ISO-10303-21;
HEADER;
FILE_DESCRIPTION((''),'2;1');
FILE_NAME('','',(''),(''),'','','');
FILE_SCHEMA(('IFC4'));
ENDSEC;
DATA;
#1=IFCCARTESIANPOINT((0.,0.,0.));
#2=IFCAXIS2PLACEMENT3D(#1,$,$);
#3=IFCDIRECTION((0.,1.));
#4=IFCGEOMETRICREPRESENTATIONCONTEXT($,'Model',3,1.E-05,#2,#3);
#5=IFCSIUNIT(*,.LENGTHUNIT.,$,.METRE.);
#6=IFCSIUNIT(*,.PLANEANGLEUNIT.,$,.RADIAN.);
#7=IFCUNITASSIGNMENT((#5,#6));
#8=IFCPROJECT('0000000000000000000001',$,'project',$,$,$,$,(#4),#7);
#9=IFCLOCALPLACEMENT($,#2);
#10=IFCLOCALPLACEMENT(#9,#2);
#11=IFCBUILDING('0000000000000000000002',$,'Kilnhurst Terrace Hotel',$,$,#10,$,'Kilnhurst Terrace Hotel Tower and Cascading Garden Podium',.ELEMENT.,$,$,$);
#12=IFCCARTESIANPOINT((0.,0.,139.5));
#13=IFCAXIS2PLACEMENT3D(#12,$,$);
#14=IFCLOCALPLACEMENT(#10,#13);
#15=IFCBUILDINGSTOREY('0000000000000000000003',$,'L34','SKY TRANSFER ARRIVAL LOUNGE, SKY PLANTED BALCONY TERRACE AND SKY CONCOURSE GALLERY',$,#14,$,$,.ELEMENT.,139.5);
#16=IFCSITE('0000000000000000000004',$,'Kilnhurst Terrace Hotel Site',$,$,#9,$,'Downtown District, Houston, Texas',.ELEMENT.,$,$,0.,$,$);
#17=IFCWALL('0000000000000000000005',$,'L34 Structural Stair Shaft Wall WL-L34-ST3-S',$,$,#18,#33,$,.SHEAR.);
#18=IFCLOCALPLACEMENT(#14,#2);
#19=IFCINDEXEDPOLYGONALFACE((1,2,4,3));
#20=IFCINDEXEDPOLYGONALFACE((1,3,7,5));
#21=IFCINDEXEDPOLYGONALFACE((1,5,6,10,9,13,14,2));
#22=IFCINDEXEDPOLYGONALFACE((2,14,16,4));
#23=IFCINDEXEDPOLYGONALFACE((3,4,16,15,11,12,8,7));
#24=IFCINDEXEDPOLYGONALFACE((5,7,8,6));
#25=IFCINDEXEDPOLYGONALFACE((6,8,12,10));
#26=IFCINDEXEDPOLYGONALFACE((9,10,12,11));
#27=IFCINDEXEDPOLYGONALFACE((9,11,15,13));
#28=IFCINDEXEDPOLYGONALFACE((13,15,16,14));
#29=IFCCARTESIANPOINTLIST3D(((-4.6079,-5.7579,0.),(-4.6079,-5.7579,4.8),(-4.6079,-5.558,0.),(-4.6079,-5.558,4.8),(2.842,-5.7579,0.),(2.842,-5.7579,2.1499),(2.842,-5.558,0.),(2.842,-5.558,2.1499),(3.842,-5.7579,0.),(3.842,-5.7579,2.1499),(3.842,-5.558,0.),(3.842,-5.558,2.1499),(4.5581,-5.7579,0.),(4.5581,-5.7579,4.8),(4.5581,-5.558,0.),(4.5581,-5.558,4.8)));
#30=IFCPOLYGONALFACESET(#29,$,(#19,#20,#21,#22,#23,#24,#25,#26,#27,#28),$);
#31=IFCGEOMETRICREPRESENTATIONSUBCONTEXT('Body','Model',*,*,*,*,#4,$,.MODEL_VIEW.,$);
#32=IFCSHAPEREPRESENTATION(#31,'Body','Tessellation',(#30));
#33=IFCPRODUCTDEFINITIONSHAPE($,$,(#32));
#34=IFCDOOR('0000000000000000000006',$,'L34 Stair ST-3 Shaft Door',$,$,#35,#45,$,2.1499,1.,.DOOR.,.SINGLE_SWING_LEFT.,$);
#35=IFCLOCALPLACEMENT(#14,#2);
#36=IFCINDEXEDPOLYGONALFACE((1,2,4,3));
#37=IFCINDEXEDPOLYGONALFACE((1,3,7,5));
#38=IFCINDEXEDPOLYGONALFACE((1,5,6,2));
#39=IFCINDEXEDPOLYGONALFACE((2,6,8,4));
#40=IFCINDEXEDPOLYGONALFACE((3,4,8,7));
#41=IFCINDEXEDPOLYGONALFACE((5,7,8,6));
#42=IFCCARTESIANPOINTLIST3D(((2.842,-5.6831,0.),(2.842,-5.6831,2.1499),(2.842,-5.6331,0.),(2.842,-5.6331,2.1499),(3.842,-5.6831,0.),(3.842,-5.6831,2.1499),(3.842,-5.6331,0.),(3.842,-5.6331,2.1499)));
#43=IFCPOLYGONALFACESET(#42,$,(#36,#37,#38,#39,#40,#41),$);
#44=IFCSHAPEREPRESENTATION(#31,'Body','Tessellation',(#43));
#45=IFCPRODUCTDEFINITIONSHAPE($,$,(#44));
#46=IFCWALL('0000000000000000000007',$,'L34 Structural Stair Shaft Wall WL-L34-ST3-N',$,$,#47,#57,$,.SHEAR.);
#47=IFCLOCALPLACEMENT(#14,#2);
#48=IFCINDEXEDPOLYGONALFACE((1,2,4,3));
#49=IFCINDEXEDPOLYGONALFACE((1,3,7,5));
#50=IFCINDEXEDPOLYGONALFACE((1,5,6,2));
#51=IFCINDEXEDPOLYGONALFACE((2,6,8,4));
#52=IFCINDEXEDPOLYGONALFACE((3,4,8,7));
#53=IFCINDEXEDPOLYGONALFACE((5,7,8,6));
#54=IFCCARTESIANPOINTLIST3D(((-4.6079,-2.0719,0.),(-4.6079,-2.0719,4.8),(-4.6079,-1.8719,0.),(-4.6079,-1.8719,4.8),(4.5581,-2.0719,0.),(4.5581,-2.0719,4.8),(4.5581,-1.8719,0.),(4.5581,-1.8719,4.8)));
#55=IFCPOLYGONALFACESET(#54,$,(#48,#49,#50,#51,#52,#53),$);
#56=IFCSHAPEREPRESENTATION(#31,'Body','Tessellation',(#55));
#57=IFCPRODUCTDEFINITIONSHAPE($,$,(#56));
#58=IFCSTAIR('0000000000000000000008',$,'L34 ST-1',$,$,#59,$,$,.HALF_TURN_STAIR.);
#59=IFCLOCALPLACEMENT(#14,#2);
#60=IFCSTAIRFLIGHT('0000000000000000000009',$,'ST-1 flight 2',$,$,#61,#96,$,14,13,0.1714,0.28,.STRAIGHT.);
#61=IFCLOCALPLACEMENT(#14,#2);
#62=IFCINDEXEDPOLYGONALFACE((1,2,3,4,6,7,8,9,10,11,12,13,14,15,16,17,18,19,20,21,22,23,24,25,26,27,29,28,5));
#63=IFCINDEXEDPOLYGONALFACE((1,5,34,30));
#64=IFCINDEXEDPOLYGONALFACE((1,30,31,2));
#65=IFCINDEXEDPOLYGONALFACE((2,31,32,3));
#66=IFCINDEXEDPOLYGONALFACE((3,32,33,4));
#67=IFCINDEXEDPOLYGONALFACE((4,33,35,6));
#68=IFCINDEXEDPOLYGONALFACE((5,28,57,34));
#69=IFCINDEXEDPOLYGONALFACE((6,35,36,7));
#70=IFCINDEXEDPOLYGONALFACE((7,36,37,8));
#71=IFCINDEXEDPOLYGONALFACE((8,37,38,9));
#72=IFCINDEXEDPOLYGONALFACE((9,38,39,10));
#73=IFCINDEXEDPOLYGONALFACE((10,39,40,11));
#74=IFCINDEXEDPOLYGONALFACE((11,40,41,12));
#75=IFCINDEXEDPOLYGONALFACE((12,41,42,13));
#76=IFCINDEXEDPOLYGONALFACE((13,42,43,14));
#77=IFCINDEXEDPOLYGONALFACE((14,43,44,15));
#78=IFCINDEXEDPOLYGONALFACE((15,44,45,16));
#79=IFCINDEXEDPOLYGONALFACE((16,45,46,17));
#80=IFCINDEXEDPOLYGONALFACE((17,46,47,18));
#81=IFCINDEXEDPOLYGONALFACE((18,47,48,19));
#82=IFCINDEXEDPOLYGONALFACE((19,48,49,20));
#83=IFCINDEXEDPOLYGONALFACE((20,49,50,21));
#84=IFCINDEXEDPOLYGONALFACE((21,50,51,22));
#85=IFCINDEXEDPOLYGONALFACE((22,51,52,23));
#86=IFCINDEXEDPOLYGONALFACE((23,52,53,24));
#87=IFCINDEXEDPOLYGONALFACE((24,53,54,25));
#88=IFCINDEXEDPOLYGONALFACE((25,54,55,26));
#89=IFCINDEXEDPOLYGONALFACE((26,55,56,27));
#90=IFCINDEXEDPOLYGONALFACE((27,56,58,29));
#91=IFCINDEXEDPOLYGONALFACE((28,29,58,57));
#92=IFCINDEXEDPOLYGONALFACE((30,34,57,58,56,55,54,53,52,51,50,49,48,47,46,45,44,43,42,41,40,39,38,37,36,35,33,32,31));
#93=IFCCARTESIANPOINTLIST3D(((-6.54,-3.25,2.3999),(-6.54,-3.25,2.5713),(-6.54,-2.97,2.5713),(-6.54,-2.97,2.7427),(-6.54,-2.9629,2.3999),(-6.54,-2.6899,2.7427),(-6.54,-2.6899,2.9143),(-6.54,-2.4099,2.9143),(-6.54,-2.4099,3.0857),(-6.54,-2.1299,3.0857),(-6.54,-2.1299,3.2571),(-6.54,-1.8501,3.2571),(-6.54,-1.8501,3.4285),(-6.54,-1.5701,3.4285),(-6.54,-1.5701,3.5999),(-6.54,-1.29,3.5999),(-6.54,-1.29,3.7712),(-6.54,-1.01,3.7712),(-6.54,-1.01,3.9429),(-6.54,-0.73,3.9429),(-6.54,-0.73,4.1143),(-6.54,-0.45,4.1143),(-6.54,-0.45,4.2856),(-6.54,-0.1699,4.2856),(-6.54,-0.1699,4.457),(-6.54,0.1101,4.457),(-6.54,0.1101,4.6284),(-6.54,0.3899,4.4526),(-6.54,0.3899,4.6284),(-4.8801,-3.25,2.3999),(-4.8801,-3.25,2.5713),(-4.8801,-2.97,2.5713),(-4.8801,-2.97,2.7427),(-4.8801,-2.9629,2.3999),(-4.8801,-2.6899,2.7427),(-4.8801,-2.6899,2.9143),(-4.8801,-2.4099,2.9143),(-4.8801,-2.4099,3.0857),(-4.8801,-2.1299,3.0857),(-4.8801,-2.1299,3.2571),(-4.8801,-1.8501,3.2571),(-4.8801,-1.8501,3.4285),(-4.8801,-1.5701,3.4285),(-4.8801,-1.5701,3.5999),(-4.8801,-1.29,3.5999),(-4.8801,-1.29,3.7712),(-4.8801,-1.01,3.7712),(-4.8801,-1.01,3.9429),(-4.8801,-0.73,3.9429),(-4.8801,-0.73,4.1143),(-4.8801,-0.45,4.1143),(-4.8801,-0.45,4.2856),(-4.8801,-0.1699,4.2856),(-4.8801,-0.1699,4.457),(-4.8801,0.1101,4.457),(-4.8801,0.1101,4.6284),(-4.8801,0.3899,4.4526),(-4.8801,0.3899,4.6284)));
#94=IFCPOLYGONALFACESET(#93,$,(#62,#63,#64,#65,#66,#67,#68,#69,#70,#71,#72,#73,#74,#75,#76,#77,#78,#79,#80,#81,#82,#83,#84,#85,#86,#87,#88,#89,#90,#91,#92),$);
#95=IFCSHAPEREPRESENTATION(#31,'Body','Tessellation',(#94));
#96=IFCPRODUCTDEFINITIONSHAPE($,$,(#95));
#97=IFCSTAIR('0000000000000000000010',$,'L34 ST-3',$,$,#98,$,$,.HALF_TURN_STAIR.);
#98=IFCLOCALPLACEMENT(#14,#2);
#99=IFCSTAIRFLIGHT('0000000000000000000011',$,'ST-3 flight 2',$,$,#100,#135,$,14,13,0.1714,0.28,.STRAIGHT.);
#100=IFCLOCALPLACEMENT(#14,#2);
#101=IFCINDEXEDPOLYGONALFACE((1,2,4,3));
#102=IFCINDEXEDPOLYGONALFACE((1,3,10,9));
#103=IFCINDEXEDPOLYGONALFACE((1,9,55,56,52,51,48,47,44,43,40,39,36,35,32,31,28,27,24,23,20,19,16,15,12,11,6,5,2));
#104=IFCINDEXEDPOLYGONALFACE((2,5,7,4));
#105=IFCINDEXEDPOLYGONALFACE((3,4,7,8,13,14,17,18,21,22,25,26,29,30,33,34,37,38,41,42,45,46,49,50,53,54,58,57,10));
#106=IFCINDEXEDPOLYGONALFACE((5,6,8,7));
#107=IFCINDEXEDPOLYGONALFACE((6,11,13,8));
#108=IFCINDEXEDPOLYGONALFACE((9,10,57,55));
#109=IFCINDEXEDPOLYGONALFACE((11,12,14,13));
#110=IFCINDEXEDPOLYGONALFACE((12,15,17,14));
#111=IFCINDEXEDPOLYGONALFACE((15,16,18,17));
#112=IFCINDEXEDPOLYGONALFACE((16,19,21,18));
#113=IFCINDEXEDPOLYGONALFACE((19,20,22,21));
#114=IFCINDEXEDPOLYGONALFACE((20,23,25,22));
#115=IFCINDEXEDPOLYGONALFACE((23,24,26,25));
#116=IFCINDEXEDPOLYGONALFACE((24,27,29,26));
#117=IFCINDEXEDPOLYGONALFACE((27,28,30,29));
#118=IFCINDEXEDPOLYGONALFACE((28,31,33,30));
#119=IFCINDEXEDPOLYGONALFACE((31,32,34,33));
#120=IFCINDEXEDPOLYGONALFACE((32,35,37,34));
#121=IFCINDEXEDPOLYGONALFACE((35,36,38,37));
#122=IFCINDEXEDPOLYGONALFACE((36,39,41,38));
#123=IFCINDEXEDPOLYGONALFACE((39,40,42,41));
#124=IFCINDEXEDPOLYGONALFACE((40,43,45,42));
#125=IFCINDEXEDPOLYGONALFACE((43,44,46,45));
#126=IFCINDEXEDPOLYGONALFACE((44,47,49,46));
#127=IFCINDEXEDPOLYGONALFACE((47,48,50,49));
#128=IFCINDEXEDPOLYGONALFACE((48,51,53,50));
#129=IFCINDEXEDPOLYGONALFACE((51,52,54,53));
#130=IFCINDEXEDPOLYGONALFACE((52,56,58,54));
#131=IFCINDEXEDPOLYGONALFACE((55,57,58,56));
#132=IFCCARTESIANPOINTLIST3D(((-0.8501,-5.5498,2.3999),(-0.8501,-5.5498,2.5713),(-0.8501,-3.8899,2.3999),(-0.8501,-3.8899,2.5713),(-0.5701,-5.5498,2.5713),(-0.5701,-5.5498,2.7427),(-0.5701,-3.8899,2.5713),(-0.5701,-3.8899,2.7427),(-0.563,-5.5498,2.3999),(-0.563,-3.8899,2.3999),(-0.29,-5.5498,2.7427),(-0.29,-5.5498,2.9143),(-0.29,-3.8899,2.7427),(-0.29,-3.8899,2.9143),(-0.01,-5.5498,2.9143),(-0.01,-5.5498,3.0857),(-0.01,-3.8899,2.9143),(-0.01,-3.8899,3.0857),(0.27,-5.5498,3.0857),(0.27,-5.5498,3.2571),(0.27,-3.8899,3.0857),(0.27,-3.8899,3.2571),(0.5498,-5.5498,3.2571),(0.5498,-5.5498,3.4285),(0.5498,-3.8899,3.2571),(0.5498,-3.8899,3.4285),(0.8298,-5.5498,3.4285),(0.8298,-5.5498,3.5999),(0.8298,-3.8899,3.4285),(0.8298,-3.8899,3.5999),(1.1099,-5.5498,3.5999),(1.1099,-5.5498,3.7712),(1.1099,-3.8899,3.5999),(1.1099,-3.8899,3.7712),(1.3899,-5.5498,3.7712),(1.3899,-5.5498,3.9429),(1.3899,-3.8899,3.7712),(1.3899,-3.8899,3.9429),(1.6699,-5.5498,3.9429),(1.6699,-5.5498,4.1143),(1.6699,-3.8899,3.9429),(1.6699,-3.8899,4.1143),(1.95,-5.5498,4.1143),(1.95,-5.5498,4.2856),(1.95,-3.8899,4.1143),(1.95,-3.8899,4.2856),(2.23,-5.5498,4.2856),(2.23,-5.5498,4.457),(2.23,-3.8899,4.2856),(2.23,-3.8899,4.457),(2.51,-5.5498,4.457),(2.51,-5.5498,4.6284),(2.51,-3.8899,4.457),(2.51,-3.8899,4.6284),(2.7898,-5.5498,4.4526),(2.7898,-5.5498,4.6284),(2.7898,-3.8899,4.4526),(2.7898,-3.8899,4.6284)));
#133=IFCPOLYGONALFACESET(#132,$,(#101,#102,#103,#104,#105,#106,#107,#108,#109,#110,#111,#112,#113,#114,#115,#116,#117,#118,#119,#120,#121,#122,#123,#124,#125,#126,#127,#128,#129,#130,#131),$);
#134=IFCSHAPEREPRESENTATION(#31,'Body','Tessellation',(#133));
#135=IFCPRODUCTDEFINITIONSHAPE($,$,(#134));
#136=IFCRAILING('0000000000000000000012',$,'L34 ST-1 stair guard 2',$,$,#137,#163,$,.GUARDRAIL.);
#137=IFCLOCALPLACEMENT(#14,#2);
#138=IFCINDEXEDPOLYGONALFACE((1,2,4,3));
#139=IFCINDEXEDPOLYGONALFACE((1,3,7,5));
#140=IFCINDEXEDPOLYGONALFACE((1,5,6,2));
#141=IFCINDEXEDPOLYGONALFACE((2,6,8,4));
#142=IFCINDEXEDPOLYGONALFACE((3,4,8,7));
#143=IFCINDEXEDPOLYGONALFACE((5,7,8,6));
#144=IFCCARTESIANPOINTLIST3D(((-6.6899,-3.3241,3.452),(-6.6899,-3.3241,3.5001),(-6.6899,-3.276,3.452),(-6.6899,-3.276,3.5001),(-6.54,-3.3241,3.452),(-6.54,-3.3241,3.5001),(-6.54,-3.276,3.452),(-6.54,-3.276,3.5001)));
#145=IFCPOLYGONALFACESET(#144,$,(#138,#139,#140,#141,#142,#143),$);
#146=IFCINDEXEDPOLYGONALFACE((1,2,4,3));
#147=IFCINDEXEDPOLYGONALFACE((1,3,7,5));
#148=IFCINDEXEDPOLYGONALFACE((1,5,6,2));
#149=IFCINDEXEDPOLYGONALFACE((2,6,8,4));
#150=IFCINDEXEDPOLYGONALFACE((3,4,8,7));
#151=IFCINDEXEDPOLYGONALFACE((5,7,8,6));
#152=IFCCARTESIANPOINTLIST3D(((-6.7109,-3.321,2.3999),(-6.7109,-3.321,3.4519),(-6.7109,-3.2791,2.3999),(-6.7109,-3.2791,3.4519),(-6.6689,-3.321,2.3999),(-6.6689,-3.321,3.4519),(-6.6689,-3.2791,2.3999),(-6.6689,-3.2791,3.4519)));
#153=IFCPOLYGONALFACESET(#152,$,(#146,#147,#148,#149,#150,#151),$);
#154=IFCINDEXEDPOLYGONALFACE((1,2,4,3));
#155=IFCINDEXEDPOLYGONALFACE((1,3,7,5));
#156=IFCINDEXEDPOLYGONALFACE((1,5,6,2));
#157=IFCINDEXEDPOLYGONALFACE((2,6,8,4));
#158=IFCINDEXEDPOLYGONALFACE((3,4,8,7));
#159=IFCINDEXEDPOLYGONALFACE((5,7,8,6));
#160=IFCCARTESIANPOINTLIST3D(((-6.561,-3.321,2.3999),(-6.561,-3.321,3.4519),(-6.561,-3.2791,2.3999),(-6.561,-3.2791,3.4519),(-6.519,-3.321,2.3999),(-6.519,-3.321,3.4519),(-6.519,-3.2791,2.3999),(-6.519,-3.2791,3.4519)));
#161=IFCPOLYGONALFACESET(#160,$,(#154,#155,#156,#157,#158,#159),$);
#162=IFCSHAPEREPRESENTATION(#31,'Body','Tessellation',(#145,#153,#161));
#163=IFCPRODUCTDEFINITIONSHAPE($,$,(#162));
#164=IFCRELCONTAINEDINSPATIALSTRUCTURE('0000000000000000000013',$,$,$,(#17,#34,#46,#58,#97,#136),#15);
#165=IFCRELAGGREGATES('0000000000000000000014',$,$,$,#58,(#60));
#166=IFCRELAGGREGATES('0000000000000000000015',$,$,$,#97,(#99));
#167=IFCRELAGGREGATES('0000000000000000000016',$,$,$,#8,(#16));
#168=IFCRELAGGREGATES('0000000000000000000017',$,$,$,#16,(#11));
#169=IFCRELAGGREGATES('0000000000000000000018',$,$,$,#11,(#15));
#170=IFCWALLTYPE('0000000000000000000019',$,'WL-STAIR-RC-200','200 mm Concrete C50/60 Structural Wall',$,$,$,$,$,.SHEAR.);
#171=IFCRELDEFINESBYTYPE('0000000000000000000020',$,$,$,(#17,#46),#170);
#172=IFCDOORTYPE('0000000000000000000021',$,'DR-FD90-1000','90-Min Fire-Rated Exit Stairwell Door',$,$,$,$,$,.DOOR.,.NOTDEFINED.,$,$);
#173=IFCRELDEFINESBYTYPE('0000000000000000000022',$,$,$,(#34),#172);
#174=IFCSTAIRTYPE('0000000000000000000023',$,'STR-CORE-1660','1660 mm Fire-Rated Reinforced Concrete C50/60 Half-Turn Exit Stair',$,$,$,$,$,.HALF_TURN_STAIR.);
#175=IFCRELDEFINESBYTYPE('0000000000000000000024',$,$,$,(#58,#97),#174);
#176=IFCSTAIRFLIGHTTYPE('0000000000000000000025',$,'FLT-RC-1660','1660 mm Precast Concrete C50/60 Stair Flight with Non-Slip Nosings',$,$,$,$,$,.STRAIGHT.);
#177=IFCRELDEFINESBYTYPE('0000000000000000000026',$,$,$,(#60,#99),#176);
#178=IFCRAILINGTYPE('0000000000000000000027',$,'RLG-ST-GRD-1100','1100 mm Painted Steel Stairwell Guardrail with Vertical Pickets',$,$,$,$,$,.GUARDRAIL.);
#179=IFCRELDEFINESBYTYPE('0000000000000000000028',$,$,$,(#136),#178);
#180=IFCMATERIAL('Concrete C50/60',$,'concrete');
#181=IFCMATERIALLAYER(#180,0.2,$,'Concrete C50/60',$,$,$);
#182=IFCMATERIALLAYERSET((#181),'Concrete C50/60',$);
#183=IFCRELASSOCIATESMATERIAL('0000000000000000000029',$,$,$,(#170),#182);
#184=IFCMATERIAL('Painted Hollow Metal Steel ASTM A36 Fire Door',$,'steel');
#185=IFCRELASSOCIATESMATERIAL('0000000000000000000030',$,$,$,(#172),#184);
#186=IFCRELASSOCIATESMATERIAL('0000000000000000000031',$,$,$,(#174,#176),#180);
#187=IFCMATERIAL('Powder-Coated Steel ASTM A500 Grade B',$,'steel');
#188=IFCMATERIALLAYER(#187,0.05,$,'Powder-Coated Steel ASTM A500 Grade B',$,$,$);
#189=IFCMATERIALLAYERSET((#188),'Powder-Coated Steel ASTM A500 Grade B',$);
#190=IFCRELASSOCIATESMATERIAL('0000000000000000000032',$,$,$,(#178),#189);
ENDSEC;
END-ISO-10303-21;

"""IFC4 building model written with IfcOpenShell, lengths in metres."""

from ifc_helpers import new_model, si_unit, direction, frame, frame_2d, origin, origin_2d, place, context, subcontext, project, spatial, polyline, rectangle, outline, extrude, material, layer, layer_set, type_object, element, fill, aggregate, save


model = new_model("IFC4")

# Units and contexts
model_context = context("Model", 3, precision=1e-05, world=origin(), true_north=direction((0.0, 1.0)))
body_context = subcontext(model_context, "Body", "Model", "MODEL_VIEW")
ifc_project = project(units=[si_unit("LENGTHUNIT", "METRE"), si_unit("PLANEANGLEUNIT", "RADIAN")], contexts=[model_context])

# Site, building, storey
site_placement = place(None, origin())
site = spatial("IfcSite", under=ifc_project, at=site_placement, Name="Kilnhurst Terrace Hotel Site", LongName="Downtown District, Houston, Texas", CompositionType="ELEMENT", RefElevation=0.0)
building_placement = place(site_placement, origin())
building = spatial("IfcBuilding", under=site, at=building_placement, Name="Kilnhurst Terrace Hotel", LongName="Kilnhurst Terrace Hotel Tower and Cascading Garden Podium", CompositionType="ELEMENT")
storey_placement = place(building_placement, frame((0.0, 0.0, 139.5)))
storey = spatial("IfcBuildingStorey", under=building, at=storey_placement, Name="L34", Description="SKY TRANSFER ARRIVAL LOUNGE, SKY PLANTED BALCONY TERRACE AND SKY CONCOURSE GALLERY", CompositionType="ELEMENT", Elevation=139.5)

# Wall, opening, door
ifc_material_1 = material(Name="Concrete C50/60", Category="concrete")
ifc_layer_1 = layer(ifc_material_1, 0.2, Name="Concrete C50/60")
ifc_layer_set_1 = layer_set([ifc_layer_1], Name="Concrete C50/60")
wall_type_1 = type_object("IfcWallType", Name="WL-STAIR-RC-200", Description="200 mm Concrete C50/60 Structural Wall", PredefinedType="SHEAR", material=ifc_layer_set_1)
wall_1_placement = place(storey_placement, frame((-4.6079, -5.658, 0.0), z_axis=(0.0, 0.0, 1.0), x_axis=(1.0, 0.0, 0.0)))
wall_1 = element("IfcWall", 1, at=wall_1_placement, inside=storey, type_object=wall_type_1, Name="L34 Structural Stair Shaft Wall WL-L34-ST3-S", PredefinedType="SHEAR", context=body_context, shape_type="SweptSolid", body=[
    extrude(rectangle(XDim=9.166, YDim=0.2, at=frame_2d((4.583, 0.0))), origin(), (0.0, 0.0, 1.0), 4.8),
])
opening_1_placement = place(wall_1_placement, frame((7.45, 0.0, 0.0)))
opening_1 = element("IfcOpeningElement", 2, at=opening_1_placement, cuts=wall_1, PredefinedType="OPENING", context=body_context, shape_type="SweptSolid", body=[
    extrude(rectangle(XDim=1.0, YDim=2.1499, at=frame_2d((0.5, 1.075))), frame((0.0, 0.1099, 0.0), z_axis=(0.0, -1.0, 0.0), x_axis=(1.0, 0.0, 0.0)), (0.0, 0.0, 1.0), 0.22),
])
ifc_material_2 = material(Name="Painted Hollow Metal Steel ASTM A36 Fire Door", Category="steel")
door_type_1 = type_object("IfcDoorType", Name="DR-FD90-1000", Description="90-Min Fire-Rated Exit Stairwell Door", OperationType="NOTDEFINED", PredefinedType="DOOR", material=ifc_material_2)
door_1_placement = place(opening_1_placement, origin())
door_1 = element("IfcDoor", 3, at=door_1_placement, inside=storey, type_object=door_type_1, Name="L34 Stair ST-3 Shaft Door", OperationType="SINGLE_SWING_LEFT", OverallHeight=2.1499, OverallWidth=1.0, PredefinedType="DOOR", context=body_context, shape_type="SweptSolid", body=[
    extrude(rectangle(XDim=1.0, YDim=2.1499, at=frame_2d((0.5, 1.075))), frame((0.0, 0.0249, 0.0), z_axis=(0.0, -1.0, 0.0), x_axis=(1.0, 0.0, 0.0)), (0.0, 0.0, 1.0), 0.05),
])
fill(opening_1, door_1)

# Wall
wall_2_placement = place(storey_placement, frame((-4.6079, -1.9719, 0.0), z_axis=(0.0, 0.0, 1.0), x_axis=(1.0, 0.0, 0.0)))
element("IfcWall", 4, at=wall_2_placement, inside=storey, type_object=wall_type_1, Name="L34 Structural Stair Shaft Wall WL-L34-ST3-N", PredefinedType="SHEAR", context=body_context, shape_type="SweptSolid", body=[
    extrude(rectangle(XDim=9.166, YDim=0.2, at=frame_2d((4.583, 0.0))), origin(), (0.0, 0.0, 1.0), 4.8),
])

# Stairs, stair flights
stair_type = type_object("IfcStairType", Name="STR-CORE-1660", Description="1660 mm Fire-Rated Reinforced Concrete C50/60 Half-Turn Exit Stair", PredefinedType="HALF_TURN_STAIR", material=ifc_material_1)
stair_1_placement = place(storey_placement, origin())
stair_1 = element("IfcStair", 5, at=stair_1_placement, inside=storey, type_object=stair_type, Name="L34 ST-1", PredefinedType="HALF_TURN_STAIR")
stair_flight_type = type_object("IfcStairFlightType", Name="FLT-RC-1660", Description="1660 mm Precast Concrete C50/60 Stair Flight with Non-Slip Nosings", PredefinedType="STRAIGHT", material=ifc_material_1)
stair_flight_1_placement = place(storey_placement, frame((-5.71, -3.25, 2.3999), z_axis=(0.0, 0.0, 1.0), x_axis=(0.0, 1.0, 0.0)))
stair_flight_1 = element("IfcStairFlight", 6, at=stair_flight_1_placement, type_object=stair_flight_type, Name="ST-1 flight 2", NumberOfRisers=14, NumberOfTreads=13, PredefinedType="STRAIGHT", RiserHeight=0.1714, TreadLength=0.28, context=body_context, shape_type="SweptSolid", body=[
    extrude(outline(polyline([(0.0, 0.0), (0.0, 0.1714), (0.28, 0.1714), (0.28, 0.3428), (0.5601, 0.3428), (0.5601, 0.5144), (0.8401, 0.5144), (0.8401, 0.6858), (1.1201, 0.6858), (1.1201, 0.8572), (1.3999, 0.8572), (1.3999, 1.0286), (1.6799, 1.0286), (1.6799, 1.2), (1.96, 1.2), (1.96, 1.3713), (2.24, 1.3713), (2.24, 1.543), (2.52, 1.543), (2.52, 1.7144), (2.8, 1.7144), (2.8, 1.8857), (3.0801, 1.8857), (3.0801, 2.0571), (3.3601, 2.0571), (3.3601, 2.2285), (3.6399, 2.2285), (3.6399, 2.3999), (3.6399, 2.0527), (0.2871, 0.0), (0.0, 0.0)])), frame((0.0, 0.8301, 0.0), z_axis=(0.0, -1.0, 0.0), x_axis=(1.0, 0.0, 0.0)), (0.0, 0.0, 1.0), 1.6599),
])
aggregate(stair_1, [stair_flight_1])
stair_2_placement = place(storey_placement, origin())
stair_2 = element("IfcStair", 7, at=stair_2_placement, inside=storey, type_object=stair_type, Name="L34 ST-3", PredefinedType="HALF_TURN_STAIR")
stair_flight_2_placement = place(storey_placement, frame((-0.8501, -4.72, 2.3999), z_axis=(0.0, 0.0, 1.0), x_axis=(1.0, 0.0, 0.0)))
stair_flight_2 = element("IfcStairFlight", 8, at=stair_flight_2_placement, type_object=stair_flight_type, Name="ST-3 flight 2", NumberOfRisers=14, NumberOfTreads=13, PredefinedType="STRAIGHT", RiserHeight=0.1714, TreadLength=0.28, context=body_context, shape_type="SweptSolid", body=[
    extrude(outline(polyline([(0.0, 0.0), (0.0, 0.1714), (0.28, 0.1714), (0.28, 0.3428), (0.5601, 0.3428), (0.5601, 0.5144), (0.8401, 0.5144), (0.8401, 0.6858), (1.1201, 0.6858), (1.1201, 0.8572), (1.3999, 0.8572), (1.3999, 1.0286), (1.6799, 1.0286), (1.6799, 1.2), (1.96, 1.2), (1.96, 1.3713), (2.24, 1.3713), (2.24, 1.543), (2.52, 1.543), (2.52, 1.7144), (2.8, 1.7144), (2.8, 1.8857), (3.0801, 1.8857), (3.0801, 2.0571), (3.3601, 2.0571), (3.3601, 2.2285), (3.6399, 2.2285), (3.6399, 2.3999), (3.6399, 2.0527), (0.2871, 0.0), (0.0, 0.0)])), frame((0.0, 0.8301, 0.0), z_axis=(0.0, -1.0, 0.0), x_axis=(1.0, 0.0, 0.0)), (0.0, 0.0, 1.0), 1.6599),
])
aggregate(stair_2, [stair_flight_2])

# Railing
ifc_material_3 = material(Name="Powder-Coated Steel ASTM A500 Grade B", Category="steel")
ifc_layer_2 = layer(ifc_material_3, 0.05, Name="Powder-Coated Steel ASTM A500 Grade B")
ifc_layer_set_2 = layer_set([ifc_layer_2], Name="Powder-Coated Steel ASTM A500 Grade B")
railing_type_1 = type_object("IfcRailingType", Name="RLG-ST-GRD-1100", Description="1100 mm Painted Steel Stairwell Guardrail with Vertical Pickets", PredefinedType="GUARDRAIL", material=ifc_layer_set_2)
railing_1_placement = place(storey_placement, frame((-6.6899, -3.3, 2.3999)))
element("IfcRailing", 9, at=railing_1_placement, inside=storey, type_object=railing_type_1, Name="L34 ST-1 stair guard 2", PredefinedType="GUARDRAIL", context=body_context, shape_type="SweptSolid", body=[
    extrude(rectangle(XDim=0.0481, YDim=0.0481, at=origin_2d()), frame((0.0, 0.0, 1.0762), z_axis=(1.0, 0.0, 0.0), x_axis=(0.0, 1.0, 0.0)), (0.0, 0.0, 1.0), 0.1499),
    extrude(rectangle(XDim=0.042, YDim=0.042, at=origin_2d()), origin(), (0.0, 0.0, 1.0), 1.052),
    extrude(rectangle(XDim=0.042, YDim=0.042, at=origin_2d()), frame((0.1499, 0.0, 0.0)), (0.0, 0.0, 1.0), 1.052),
])

save(model, "model.ifc")
